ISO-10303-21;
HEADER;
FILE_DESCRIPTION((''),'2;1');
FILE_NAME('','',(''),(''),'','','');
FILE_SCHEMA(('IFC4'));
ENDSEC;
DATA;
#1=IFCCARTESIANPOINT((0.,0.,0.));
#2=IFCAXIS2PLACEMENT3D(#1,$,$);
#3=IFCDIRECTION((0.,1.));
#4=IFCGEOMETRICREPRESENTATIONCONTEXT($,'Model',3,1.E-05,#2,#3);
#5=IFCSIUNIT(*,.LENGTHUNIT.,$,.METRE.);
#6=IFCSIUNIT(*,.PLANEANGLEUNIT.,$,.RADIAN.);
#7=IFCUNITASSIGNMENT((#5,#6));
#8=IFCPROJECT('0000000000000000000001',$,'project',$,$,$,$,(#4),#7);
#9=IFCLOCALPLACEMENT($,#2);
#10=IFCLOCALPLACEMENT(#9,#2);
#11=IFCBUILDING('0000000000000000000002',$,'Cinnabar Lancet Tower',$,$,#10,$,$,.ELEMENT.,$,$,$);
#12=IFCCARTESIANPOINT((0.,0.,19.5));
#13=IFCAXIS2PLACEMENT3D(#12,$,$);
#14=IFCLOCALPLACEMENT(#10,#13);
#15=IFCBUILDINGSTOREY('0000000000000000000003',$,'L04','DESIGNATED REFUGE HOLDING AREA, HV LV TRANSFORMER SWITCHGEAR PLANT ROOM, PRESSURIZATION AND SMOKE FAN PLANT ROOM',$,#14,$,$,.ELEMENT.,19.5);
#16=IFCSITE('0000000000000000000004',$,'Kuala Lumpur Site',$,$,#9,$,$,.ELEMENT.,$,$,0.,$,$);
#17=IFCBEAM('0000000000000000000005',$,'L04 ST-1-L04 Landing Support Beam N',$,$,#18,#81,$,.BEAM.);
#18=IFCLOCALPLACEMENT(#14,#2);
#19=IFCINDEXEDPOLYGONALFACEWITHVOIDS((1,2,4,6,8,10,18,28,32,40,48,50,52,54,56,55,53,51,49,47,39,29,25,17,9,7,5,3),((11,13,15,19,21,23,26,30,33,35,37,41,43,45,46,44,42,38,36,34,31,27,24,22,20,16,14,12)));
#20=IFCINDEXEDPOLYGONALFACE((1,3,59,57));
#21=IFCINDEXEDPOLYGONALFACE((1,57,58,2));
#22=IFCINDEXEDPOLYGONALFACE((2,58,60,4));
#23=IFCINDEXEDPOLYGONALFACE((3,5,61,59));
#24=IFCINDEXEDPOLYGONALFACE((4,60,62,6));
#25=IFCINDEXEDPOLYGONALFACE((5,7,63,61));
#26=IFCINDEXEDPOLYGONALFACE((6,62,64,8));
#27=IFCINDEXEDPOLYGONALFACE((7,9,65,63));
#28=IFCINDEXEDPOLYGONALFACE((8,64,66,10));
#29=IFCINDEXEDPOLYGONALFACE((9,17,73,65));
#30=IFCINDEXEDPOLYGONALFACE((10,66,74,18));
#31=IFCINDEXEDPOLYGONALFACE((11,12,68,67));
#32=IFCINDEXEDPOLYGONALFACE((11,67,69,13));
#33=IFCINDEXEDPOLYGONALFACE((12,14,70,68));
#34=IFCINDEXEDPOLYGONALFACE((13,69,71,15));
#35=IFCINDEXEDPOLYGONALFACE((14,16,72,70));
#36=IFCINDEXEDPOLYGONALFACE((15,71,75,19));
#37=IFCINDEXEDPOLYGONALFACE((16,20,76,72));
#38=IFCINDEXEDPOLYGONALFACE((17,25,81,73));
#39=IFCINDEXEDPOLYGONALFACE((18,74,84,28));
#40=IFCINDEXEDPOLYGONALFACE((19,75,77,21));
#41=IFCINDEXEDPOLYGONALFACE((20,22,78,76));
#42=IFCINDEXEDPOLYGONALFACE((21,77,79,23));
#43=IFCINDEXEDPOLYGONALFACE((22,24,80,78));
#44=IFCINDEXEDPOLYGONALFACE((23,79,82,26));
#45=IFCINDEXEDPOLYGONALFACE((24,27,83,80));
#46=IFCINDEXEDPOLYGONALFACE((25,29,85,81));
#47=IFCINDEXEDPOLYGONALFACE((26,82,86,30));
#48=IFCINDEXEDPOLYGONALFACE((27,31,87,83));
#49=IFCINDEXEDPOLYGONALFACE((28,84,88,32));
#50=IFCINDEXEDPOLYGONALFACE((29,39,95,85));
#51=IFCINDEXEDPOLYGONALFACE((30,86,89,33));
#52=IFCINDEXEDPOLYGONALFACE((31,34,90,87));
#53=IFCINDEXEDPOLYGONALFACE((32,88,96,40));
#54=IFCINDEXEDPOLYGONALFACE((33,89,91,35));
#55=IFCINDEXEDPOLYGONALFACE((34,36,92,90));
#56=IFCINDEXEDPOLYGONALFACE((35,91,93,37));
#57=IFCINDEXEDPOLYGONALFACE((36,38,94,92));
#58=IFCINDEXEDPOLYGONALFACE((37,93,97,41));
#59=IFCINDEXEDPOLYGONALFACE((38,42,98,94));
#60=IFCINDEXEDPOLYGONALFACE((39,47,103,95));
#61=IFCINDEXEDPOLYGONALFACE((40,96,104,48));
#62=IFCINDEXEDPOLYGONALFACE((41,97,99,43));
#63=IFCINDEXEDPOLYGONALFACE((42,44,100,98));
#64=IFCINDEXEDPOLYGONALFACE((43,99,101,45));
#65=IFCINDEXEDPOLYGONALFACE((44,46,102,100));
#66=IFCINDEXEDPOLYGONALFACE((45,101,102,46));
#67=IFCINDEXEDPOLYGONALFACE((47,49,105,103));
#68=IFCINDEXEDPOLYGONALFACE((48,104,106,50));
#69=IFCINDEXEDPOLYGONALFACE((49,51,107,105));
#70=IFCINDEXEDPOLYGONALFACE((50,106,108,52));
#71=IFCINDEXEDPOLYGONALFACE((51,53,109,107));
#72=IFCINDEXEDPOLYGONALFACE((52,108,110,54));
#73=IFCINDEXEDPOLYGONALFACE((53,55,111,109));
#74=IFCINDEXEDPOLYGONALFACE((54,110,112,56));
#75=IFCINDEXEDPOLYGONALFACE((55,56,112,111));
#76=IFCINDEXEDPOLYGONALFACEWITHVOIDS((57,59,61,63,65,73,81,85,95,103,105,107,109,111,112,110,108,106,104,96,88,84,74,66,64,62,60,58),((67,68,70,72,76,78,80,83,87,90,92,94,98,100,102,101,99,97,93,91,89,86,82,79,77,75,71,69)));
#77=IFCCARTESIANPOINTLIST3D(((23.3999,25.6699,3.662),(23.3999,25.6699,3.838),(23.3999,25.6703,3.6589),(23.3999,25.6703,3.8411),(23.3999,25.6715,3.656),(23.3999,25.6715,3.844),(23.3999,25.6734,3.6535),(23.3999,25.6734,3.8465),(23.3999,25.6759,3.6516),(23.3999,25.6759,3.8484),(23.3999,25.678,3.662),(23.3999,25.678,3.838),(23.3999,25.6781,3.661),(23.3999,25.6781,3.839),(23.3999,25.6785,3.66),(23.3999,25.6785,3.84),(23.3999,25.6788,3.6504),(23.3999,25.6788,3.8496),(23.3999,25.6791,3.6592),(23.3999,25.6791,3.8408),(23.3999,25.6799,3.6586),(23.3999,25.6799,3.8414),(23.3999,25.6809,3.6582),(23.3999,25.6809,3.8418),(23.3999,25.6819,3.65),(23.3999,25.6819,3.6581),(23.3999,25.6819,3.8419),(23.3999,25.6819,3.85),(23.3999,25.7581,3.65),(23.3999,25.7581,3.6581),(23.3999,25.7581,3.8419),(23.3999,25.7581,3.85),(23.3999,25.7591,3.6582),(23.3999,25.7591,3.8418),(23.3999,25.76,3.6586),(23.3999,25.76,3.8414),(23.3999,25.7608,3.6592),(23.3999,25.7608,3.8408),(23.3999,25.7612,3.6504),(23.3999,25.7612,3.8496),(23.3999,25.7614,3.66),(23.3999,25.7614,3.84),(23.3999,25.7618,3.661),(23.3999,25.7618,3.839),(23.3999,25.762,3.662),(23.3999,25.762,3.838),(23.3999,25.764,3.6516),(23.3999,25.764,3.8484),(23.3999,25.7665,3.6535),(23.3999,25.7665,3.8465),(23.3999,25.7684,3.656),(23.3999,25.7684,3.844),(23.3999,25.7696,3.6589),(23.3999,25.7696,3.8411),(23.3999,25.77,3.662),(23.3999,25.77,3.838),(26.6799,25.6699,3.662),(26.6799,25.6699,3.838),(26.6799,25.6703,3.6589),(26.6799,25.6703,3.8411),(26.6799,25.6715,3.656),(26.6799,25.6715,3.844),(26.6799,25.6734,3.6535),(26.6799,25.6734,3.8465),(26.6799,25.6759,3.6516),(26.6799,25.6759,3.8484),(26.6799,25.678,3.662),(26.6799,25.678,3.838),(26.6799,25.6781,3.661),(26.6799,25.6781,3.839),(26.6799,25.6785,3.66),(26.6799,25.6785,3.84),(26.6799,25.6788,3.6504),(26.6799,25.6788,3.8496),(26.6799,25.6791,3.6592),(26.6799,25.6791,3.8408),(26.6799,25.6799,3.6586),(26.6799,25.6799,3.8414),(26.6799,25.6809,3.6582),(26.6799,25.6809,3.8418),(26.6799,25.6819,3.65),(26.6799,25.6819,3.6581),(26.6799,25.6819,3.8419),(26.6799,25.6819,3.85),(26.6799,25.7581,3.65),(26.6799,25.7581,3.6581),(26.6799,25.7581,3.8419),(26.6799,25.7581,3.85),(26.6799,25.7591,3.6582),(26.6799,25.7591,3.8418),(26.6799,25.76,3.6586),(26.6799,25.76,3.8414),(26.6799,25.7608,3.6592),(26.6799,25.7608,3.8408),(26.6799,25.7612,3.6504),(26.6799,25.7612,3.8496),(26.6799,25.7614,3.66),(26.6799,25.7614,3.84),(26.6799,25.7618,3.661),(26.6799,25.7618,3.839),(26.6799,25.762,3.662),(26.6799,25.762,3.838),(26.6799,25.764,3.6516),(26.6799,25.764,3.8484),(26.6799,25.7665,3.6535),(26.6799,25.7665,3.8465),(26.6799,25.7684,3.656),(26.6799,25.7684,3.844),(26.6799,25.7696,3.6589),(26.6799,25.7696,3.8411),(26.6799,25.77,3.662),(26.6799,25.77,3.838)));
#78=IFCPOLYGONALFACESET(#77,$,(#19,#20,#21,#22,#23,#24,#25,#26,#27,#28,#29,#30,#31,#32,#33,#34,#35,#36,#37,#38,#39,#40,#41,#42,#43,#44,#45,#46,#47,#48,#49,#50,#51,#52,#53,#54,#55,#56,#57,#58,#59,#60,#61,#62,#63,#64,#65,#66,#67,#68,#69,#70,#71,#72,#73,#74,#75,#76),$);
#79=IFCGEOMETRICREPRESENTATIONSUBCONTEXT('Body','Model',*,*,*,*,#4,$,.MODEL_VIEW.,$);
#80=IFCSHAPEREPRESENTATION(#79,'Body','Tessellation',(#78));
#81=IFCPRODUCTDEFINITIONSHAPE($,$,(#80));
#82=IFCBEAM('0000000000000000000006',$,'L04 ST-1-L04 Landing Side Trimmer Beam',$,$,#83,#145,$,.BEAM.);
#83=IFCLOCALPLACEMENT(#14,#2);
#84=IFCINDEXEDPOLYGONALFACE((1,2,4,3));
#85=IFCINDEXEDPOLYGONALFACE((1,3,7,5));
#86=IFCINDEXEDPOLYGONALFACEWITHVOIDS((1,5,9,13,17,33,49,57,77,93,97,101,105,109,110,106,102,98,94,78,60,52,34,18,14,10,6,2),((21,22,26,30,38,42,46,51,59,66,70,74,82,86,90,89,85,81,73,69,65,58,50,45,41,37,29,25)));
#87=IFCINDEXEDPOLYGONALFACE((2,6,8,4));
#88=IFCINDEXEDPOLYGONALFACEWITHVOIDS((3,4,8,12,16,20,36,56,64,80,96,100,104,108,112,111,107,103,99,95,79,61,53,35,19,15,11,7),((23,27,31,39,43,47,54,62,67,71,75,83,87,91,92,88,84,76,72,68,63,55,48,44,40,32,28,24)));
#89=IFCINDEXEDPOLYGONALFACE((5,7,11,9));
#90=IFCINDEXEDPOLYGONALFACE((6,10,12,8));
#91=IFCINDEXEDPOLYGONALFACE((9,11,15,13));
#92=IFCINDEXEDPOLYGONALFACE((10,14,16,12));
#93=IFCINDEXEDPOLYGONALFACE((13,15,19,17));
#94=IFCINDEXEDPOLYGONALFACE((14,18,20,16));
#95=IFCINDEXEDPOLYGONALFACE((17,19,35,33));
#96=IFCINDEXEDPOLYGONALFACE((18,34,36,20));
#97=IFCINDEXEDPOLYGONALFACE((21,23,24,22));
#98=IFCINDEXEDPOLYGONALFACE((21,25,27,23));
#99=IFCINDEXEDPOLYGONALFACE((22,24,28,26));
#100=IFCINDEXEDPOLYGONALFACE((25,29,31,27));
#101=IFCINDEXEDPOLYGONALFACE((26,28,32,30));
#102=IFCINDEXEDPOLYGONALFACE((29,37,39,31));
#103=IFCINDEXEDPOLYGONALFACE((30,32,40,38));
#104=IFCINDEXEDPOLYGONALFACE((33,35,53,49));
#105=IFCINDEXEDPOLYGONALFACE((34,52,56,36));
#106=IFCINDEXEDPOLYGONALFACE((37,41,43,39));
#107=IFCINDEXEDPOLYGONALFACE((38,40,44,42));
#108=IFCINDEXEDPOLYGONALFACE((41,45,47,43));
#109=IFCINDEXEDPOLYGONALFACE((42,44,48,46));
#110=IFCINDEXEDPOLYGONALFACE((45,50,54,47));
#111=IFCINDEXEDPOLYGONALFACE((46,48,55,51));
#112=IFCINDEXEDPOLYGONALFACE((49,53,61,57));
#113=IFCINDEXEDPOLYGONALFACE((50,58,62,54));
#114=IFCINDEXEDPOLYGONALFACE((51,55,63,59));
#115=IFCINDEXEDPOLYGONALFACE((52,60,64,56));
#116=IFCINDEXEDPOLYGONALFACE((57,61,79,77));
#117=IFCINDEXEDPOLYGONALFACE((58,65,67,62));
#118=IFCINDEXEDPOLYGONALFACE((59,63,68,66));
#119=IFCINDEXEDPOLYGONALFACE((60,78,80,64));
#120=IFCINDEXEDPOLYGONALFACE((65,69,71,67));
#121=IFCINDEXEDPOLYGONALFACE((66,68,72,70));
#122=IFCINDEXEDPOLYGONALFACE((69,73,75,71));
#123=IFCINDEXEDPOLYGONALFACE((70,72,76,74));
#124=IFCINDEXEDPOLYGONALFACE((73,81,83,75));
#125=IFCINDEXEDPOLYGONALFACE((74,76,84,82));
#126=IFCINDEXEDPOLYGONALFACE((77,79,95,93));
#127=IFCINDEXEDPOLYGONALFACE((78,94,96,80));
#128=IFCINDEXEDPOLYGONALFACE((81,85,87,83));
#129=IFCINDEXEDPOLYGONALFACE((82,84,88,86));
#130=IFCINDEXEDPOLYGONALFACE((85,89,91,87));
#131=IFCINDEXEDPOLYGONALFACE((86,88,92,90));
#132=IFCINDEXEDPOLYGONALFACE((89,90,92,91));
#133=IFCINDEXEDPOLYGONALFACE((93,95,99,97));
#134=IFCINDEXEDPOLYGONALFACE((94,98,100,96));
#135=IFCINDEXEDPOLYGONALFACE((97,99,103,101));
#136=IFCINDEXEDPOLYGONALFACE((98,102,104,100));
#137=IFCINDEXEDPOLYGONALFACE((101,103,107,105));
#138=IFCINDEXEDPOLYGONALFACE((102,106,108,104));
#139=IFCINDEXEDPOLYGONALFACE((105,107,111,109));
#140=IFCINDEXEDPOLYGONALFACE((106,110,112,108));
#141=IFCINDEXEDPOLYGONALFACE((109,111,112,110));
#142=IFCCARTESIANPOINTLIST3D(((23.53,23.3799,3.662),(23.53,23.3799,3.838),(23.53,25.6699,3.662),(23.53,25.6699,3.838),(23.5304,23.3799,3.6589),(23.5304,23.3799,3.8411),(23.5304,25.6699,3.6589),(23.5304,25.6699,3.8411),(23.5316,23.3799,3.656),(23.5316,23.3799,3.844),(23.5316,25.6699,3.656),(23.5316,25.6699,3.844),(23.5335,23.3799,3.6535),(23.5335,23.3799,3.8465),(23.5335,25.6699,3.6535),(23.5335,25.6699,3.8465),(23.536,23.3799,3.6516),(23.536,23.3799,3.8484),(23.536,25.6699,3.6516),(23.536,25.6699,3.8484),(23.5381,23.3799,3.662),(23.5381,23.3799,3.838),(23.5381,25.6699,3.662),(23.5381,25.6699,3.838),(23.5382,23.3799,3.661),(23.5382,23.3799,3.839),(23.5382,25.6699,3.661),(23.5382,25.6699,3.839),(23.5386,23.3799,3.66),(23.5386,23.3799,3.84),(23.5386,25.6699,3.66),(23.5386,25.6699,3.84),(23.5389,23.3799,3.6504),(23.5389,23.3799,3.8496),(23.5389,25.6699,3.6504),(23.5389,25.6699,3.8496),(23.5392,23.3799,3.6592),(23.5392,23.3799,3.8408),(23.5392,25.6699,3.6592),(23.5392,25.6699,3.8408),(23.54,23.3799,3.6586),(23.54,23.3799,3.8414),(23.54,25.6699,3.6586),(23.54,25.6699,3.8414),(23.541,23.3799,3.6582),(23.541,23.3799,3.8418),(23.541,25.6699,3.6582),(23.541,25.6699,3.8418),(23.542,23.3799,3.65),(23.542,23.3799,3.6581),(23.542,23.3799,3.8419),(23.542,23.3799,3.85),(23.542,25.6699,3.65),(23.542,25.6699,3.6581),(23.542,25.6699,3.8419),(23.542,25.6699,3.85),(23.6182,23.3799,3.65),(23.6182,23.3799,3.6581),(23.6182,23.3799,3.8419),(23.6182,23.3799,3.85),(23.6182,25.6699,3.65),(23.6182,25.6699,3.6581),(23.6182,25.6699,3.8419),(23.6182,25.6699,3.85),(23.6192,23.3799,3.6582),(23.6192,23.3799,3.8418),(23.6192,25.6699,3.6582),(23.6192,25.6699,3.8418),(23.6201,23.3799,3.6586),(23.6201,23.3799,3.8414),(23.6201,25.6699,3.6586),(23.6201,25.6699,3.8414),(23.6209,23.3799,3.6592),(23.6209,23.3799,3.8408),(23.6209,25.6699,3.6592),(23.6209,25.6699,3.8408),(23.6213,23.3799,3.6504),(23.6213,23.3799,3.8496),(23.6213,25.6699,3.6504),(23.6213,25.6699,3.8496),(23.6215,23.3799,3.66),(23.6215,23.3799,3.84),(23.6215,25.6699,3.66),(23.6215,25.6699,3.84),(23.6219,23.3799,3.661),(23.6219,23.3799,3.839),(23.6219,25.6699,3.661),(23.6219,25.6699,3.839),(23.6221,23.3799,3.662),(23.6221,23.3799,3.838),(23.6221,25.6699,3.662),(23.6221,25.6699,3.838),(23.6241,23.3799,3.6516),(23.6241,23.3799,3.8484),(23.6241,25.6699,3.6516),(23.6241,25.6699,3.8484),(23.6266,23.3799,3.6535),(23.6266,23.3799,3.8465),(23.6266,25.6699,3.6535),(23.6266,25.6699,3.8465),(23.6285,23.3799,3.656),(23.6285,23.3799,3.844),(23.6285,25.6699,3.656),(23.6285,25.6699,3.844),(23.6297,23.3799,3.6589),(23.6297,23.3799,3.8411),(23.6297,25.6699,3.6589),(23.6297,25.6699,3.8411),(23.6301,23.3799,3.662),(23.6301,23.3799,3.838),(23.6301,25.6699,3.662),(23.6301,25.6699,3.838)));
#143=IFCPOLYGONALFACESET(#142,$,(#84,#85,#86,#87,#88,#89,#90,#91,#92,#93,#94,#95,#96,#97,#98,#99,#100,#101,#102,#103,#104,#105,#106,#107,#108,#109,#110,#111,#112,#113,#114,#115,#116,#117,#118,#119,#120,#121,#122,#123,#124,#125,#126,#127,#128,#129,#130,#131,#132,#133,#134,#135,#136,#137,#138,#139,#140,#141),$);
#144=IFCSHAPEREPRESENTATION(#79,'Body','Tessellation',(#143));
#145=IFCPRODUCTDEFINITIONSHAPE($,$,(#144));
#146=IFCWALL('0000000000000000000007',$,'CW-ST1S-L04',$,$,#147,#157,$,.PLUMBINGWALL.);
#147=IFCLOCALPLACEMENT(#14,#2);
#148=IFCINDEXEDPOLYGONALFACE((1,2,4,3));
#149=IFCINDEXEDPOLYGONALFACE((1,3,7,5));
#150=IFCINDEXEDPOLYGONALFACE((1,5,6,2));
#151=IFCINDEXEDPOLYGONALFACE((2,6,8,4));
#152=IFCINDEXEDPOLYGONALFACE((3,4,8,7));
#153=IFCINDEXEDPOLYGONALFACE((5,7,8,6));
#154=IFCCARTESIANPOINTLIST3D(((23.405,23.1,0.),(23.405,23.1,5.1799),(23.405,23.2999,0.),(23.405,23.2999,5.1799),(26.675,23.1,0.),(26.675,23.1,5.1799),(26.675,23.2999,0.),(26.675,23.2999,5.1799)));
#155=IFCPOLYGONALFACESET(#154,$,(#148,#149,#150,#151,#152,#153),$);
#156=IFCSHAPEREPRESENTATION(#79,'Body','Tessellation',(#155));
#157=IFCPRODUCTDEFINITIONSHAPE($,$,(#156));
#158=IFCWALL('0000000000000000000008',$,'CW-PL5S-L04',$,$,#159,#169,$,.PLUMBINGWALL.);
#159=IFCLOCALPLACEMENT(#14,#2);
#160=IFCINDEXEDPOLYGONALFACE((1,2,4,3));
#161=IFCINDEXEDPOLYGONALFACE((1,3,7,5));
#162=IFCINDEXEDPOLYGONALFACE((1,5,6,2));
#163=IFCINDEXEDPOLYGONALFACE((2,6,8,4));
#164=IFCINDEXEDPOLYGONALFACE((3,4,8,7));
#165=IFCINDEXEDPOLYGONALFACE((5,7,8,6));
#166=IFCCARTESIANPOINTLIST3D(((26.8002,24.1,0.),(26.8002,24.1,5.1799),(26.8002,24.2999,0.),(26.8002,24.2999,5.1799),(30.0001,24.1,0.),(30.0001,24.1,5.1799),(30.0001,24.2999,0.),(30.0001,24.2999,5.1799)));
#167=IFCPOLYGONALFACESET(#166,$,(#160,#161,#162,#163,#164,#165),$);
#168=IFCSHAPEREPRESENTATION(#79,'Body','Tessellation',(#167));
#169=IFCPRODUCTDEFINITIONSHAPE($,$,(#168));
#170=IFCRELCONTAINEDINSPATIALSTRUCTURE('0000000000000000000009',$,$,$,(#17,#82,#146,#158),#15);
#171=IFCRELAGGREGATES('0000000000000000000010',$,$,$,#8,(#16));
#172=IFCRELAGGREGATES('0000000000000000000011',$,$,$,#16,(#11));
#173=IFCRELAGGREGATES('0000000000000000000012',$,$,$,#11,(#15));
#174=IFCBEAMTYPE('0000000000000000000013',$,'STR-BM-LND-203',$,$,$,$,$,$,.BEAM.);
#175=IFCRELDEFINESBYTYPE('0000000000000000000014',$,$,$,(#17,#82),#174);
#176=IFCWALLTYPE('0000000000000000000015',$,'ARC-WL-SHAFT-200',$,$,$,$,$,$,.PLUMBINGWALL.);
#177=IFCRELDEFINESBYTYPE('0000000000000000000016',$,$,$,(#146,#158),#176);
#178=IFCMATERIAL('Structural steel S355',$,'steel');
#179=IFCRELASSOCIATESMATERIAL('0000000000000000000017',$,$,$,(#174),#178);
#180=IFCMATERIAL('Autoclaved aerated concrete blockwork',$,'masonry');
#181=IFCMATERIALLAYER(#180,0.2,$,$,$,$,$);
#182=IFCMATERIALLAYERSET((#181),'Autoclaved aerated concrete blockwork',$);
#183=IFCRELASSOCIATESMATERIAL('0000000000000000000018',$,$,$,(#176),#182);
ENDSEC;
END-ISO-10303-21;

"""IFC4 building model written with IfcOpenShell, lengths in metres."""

from ifc_helpers import new_model, si_unit, direction, frame, frame_2d, origin, origin_2d, place, context, subcontext, project, spatial, rectangle, hollow_rectangle, extrude, material, layer, layer_set, material_profile, profile_set, type_object, element, save


model = new_model("IFC4")

# Units and contexts
model_context = context("Model", 3, precision=1e-05, world=origin(), true_north=direction((0.0, 1.0)))
body_context = subcontext(model_context, "Body", "Model", "MODEL_VIEW")
ifc_project = project(units=[si_unit("LENGTHUNIT", "METRE"), si_unit("PLANEANGLEUNIT", "RADIAN")], contexts=[model_context])

# Site, building, storey
site_placement = place(None, origin())
site = spatial("IfcSite", under=ifc_project, at=site_placement, Name="Kuala Lumpur Site", CompositionType="ELEMENT", RefElevation=0.0)
building_placement = place(site_placement, origin())
building = spatial("IfcBuilding", under=site, at=building_placement, Name="Cinnabar Lancet Tower", CompositionType="ELEMENT")
storey_placement = place(building_placement, frame((0.0, 0.0, 19.5)))
storey = spatial("IfcBuildingStorey", under=building, at=storey_placement, Name="L04", Description="DESIGNATED REFUGE HOLDING AREA, HV LV TRANSFORMER SWITCHGEAR PLANT ROOM, PRESSURIZATION AND SMOKE FAN PLANT ROOM", CompositionType="ELEMENT", Elevation=19.5)

# Beams
ifc_material_1 = material(Name="Structural steel S355", Category="steel")
ifc_material_profile_1 = material_profile(ifc_material_1, hollow_rectangle(XDim=0.1001, YDim=0.2, WallThickness=0.0081, InnerFilletRadius=0.0039, OuterFilletRadius=0.012, at=origin_2d()), Name="RHS 200x100x8")
ifc_profile_set_1 = profile_set([ifc_material_profile_1], Name="Structural steel S355")
beam_type_1 = type_object("IfcBeamType", Name="STR-BM-LND-203", PredefinedType="BEAM", material=ifc_profile_set_1)
for number, where, z_axis, x_axis, name in (
    (1, (23.3999, 25.72, 3.75), (1.0, 0.0, 0.0), (0.0, 1.0, 0.0), "L04 ST-1-L04 Landing Support Beam N"),
):
    element("IfcBeam", number, at=place(storey_placement, frame(where, z_axis=z_axis, x_axis=x_axis)), inside=storey, type_object=beam_type_1, Name=name, PredefinedType="BEAM", context=body_context, shape_type="SweptSolid", body=[
        extrude(hollow_rectangle(XDim=0.1001, YDim=0.2, WallThickness=0.0081, InnerFilletRadius=0.0039, OuterFilletRadius=0.012, at=origin_2d()), origin(), (0.0, 0.0, 1.0), 3.28),
    ])
beam_1_placement = place(storey_placement, frame((23.5801, 23.3799, 3.75), z_axis=(0.0, 1.0, 0.0), x_axis=(-1.0, 0.0, 0.0)))
element("IfcBeam", 2, at=beam_1_placement, inside=storey, type_object=beam_type_1, Name="L04 ST-1-L04 Landing Side Trimmer Beam", PredefinedType="BEAM", context=body_context, shape_type="SweptSolid", body=[
    extrude(hollow_rectangle(XDim=0.1001, YDim=0.2, WallThickness=0.0081, InnerFilletRadius=0.0039, OuterFilletRadius=0.012, at=origin_2d()), origin(), (0.0, 0.0, 1.0), 2.29),
])

# Walls
ifc_material_2 = material(Name="Autoclaved aerated concrete blockwork", Category="masonry")
ifc_layer_1 = layer(ifc_material_2, 0.2)
ifc_layer_set_1 = layer_set([ifc_layer_1], Name="Autoclaved aerated concrete blockwork")
wall_type_1 = type_object("IfcWallType", Name="ARC-WL-SHAFT-200", PredefinedType="PLUMBINGWALL", material=ifc_layer_set_1)
wall_1_placement = place(storey_placement, frame((23.405, 23.2, 0.0), z_axis=(0.0, 0.0, 1.0), x_axis=(1.0, 0.0, 0.0)))
element("IfcWall", 3, at=wall_1_placement, inside=storey, type_object=wall_type_1, Name="CW-ST1S-L04", PredefinedType="PLUMBINGWALL", context=body_context, shape_type="SweptSolid", body=[
    extrude(rectangle(XDim=3.27, YDim=0.2, at=frame_2d((1.635, 0.0))), origin(), (0.0, 0.0, 1.0), 5.1799),
])
wall_2_placement = place(storey_placement, frame((26.8, 24.2, 0.0), z_axis=(0.0, 0.0, 1.0), x_axis=(1.0, 0.0, 0.0)))
element("IfcWall", 4, at=wall_2_placement, inside=storey, type_object=wall_type_1, Name="CW-PL5S-L04", PredefinedType="PLUMBINGWALL", context=body_context, shape_type="SweptSolid", body=[
    extrude(rectangle(XDim=3.2, YDim=0.2, at=frame_2d((1.6001, 0.0))), origin(), (0.0, 0.0, 1.0), 5.1799),
])

save(model, "model.ifc")
